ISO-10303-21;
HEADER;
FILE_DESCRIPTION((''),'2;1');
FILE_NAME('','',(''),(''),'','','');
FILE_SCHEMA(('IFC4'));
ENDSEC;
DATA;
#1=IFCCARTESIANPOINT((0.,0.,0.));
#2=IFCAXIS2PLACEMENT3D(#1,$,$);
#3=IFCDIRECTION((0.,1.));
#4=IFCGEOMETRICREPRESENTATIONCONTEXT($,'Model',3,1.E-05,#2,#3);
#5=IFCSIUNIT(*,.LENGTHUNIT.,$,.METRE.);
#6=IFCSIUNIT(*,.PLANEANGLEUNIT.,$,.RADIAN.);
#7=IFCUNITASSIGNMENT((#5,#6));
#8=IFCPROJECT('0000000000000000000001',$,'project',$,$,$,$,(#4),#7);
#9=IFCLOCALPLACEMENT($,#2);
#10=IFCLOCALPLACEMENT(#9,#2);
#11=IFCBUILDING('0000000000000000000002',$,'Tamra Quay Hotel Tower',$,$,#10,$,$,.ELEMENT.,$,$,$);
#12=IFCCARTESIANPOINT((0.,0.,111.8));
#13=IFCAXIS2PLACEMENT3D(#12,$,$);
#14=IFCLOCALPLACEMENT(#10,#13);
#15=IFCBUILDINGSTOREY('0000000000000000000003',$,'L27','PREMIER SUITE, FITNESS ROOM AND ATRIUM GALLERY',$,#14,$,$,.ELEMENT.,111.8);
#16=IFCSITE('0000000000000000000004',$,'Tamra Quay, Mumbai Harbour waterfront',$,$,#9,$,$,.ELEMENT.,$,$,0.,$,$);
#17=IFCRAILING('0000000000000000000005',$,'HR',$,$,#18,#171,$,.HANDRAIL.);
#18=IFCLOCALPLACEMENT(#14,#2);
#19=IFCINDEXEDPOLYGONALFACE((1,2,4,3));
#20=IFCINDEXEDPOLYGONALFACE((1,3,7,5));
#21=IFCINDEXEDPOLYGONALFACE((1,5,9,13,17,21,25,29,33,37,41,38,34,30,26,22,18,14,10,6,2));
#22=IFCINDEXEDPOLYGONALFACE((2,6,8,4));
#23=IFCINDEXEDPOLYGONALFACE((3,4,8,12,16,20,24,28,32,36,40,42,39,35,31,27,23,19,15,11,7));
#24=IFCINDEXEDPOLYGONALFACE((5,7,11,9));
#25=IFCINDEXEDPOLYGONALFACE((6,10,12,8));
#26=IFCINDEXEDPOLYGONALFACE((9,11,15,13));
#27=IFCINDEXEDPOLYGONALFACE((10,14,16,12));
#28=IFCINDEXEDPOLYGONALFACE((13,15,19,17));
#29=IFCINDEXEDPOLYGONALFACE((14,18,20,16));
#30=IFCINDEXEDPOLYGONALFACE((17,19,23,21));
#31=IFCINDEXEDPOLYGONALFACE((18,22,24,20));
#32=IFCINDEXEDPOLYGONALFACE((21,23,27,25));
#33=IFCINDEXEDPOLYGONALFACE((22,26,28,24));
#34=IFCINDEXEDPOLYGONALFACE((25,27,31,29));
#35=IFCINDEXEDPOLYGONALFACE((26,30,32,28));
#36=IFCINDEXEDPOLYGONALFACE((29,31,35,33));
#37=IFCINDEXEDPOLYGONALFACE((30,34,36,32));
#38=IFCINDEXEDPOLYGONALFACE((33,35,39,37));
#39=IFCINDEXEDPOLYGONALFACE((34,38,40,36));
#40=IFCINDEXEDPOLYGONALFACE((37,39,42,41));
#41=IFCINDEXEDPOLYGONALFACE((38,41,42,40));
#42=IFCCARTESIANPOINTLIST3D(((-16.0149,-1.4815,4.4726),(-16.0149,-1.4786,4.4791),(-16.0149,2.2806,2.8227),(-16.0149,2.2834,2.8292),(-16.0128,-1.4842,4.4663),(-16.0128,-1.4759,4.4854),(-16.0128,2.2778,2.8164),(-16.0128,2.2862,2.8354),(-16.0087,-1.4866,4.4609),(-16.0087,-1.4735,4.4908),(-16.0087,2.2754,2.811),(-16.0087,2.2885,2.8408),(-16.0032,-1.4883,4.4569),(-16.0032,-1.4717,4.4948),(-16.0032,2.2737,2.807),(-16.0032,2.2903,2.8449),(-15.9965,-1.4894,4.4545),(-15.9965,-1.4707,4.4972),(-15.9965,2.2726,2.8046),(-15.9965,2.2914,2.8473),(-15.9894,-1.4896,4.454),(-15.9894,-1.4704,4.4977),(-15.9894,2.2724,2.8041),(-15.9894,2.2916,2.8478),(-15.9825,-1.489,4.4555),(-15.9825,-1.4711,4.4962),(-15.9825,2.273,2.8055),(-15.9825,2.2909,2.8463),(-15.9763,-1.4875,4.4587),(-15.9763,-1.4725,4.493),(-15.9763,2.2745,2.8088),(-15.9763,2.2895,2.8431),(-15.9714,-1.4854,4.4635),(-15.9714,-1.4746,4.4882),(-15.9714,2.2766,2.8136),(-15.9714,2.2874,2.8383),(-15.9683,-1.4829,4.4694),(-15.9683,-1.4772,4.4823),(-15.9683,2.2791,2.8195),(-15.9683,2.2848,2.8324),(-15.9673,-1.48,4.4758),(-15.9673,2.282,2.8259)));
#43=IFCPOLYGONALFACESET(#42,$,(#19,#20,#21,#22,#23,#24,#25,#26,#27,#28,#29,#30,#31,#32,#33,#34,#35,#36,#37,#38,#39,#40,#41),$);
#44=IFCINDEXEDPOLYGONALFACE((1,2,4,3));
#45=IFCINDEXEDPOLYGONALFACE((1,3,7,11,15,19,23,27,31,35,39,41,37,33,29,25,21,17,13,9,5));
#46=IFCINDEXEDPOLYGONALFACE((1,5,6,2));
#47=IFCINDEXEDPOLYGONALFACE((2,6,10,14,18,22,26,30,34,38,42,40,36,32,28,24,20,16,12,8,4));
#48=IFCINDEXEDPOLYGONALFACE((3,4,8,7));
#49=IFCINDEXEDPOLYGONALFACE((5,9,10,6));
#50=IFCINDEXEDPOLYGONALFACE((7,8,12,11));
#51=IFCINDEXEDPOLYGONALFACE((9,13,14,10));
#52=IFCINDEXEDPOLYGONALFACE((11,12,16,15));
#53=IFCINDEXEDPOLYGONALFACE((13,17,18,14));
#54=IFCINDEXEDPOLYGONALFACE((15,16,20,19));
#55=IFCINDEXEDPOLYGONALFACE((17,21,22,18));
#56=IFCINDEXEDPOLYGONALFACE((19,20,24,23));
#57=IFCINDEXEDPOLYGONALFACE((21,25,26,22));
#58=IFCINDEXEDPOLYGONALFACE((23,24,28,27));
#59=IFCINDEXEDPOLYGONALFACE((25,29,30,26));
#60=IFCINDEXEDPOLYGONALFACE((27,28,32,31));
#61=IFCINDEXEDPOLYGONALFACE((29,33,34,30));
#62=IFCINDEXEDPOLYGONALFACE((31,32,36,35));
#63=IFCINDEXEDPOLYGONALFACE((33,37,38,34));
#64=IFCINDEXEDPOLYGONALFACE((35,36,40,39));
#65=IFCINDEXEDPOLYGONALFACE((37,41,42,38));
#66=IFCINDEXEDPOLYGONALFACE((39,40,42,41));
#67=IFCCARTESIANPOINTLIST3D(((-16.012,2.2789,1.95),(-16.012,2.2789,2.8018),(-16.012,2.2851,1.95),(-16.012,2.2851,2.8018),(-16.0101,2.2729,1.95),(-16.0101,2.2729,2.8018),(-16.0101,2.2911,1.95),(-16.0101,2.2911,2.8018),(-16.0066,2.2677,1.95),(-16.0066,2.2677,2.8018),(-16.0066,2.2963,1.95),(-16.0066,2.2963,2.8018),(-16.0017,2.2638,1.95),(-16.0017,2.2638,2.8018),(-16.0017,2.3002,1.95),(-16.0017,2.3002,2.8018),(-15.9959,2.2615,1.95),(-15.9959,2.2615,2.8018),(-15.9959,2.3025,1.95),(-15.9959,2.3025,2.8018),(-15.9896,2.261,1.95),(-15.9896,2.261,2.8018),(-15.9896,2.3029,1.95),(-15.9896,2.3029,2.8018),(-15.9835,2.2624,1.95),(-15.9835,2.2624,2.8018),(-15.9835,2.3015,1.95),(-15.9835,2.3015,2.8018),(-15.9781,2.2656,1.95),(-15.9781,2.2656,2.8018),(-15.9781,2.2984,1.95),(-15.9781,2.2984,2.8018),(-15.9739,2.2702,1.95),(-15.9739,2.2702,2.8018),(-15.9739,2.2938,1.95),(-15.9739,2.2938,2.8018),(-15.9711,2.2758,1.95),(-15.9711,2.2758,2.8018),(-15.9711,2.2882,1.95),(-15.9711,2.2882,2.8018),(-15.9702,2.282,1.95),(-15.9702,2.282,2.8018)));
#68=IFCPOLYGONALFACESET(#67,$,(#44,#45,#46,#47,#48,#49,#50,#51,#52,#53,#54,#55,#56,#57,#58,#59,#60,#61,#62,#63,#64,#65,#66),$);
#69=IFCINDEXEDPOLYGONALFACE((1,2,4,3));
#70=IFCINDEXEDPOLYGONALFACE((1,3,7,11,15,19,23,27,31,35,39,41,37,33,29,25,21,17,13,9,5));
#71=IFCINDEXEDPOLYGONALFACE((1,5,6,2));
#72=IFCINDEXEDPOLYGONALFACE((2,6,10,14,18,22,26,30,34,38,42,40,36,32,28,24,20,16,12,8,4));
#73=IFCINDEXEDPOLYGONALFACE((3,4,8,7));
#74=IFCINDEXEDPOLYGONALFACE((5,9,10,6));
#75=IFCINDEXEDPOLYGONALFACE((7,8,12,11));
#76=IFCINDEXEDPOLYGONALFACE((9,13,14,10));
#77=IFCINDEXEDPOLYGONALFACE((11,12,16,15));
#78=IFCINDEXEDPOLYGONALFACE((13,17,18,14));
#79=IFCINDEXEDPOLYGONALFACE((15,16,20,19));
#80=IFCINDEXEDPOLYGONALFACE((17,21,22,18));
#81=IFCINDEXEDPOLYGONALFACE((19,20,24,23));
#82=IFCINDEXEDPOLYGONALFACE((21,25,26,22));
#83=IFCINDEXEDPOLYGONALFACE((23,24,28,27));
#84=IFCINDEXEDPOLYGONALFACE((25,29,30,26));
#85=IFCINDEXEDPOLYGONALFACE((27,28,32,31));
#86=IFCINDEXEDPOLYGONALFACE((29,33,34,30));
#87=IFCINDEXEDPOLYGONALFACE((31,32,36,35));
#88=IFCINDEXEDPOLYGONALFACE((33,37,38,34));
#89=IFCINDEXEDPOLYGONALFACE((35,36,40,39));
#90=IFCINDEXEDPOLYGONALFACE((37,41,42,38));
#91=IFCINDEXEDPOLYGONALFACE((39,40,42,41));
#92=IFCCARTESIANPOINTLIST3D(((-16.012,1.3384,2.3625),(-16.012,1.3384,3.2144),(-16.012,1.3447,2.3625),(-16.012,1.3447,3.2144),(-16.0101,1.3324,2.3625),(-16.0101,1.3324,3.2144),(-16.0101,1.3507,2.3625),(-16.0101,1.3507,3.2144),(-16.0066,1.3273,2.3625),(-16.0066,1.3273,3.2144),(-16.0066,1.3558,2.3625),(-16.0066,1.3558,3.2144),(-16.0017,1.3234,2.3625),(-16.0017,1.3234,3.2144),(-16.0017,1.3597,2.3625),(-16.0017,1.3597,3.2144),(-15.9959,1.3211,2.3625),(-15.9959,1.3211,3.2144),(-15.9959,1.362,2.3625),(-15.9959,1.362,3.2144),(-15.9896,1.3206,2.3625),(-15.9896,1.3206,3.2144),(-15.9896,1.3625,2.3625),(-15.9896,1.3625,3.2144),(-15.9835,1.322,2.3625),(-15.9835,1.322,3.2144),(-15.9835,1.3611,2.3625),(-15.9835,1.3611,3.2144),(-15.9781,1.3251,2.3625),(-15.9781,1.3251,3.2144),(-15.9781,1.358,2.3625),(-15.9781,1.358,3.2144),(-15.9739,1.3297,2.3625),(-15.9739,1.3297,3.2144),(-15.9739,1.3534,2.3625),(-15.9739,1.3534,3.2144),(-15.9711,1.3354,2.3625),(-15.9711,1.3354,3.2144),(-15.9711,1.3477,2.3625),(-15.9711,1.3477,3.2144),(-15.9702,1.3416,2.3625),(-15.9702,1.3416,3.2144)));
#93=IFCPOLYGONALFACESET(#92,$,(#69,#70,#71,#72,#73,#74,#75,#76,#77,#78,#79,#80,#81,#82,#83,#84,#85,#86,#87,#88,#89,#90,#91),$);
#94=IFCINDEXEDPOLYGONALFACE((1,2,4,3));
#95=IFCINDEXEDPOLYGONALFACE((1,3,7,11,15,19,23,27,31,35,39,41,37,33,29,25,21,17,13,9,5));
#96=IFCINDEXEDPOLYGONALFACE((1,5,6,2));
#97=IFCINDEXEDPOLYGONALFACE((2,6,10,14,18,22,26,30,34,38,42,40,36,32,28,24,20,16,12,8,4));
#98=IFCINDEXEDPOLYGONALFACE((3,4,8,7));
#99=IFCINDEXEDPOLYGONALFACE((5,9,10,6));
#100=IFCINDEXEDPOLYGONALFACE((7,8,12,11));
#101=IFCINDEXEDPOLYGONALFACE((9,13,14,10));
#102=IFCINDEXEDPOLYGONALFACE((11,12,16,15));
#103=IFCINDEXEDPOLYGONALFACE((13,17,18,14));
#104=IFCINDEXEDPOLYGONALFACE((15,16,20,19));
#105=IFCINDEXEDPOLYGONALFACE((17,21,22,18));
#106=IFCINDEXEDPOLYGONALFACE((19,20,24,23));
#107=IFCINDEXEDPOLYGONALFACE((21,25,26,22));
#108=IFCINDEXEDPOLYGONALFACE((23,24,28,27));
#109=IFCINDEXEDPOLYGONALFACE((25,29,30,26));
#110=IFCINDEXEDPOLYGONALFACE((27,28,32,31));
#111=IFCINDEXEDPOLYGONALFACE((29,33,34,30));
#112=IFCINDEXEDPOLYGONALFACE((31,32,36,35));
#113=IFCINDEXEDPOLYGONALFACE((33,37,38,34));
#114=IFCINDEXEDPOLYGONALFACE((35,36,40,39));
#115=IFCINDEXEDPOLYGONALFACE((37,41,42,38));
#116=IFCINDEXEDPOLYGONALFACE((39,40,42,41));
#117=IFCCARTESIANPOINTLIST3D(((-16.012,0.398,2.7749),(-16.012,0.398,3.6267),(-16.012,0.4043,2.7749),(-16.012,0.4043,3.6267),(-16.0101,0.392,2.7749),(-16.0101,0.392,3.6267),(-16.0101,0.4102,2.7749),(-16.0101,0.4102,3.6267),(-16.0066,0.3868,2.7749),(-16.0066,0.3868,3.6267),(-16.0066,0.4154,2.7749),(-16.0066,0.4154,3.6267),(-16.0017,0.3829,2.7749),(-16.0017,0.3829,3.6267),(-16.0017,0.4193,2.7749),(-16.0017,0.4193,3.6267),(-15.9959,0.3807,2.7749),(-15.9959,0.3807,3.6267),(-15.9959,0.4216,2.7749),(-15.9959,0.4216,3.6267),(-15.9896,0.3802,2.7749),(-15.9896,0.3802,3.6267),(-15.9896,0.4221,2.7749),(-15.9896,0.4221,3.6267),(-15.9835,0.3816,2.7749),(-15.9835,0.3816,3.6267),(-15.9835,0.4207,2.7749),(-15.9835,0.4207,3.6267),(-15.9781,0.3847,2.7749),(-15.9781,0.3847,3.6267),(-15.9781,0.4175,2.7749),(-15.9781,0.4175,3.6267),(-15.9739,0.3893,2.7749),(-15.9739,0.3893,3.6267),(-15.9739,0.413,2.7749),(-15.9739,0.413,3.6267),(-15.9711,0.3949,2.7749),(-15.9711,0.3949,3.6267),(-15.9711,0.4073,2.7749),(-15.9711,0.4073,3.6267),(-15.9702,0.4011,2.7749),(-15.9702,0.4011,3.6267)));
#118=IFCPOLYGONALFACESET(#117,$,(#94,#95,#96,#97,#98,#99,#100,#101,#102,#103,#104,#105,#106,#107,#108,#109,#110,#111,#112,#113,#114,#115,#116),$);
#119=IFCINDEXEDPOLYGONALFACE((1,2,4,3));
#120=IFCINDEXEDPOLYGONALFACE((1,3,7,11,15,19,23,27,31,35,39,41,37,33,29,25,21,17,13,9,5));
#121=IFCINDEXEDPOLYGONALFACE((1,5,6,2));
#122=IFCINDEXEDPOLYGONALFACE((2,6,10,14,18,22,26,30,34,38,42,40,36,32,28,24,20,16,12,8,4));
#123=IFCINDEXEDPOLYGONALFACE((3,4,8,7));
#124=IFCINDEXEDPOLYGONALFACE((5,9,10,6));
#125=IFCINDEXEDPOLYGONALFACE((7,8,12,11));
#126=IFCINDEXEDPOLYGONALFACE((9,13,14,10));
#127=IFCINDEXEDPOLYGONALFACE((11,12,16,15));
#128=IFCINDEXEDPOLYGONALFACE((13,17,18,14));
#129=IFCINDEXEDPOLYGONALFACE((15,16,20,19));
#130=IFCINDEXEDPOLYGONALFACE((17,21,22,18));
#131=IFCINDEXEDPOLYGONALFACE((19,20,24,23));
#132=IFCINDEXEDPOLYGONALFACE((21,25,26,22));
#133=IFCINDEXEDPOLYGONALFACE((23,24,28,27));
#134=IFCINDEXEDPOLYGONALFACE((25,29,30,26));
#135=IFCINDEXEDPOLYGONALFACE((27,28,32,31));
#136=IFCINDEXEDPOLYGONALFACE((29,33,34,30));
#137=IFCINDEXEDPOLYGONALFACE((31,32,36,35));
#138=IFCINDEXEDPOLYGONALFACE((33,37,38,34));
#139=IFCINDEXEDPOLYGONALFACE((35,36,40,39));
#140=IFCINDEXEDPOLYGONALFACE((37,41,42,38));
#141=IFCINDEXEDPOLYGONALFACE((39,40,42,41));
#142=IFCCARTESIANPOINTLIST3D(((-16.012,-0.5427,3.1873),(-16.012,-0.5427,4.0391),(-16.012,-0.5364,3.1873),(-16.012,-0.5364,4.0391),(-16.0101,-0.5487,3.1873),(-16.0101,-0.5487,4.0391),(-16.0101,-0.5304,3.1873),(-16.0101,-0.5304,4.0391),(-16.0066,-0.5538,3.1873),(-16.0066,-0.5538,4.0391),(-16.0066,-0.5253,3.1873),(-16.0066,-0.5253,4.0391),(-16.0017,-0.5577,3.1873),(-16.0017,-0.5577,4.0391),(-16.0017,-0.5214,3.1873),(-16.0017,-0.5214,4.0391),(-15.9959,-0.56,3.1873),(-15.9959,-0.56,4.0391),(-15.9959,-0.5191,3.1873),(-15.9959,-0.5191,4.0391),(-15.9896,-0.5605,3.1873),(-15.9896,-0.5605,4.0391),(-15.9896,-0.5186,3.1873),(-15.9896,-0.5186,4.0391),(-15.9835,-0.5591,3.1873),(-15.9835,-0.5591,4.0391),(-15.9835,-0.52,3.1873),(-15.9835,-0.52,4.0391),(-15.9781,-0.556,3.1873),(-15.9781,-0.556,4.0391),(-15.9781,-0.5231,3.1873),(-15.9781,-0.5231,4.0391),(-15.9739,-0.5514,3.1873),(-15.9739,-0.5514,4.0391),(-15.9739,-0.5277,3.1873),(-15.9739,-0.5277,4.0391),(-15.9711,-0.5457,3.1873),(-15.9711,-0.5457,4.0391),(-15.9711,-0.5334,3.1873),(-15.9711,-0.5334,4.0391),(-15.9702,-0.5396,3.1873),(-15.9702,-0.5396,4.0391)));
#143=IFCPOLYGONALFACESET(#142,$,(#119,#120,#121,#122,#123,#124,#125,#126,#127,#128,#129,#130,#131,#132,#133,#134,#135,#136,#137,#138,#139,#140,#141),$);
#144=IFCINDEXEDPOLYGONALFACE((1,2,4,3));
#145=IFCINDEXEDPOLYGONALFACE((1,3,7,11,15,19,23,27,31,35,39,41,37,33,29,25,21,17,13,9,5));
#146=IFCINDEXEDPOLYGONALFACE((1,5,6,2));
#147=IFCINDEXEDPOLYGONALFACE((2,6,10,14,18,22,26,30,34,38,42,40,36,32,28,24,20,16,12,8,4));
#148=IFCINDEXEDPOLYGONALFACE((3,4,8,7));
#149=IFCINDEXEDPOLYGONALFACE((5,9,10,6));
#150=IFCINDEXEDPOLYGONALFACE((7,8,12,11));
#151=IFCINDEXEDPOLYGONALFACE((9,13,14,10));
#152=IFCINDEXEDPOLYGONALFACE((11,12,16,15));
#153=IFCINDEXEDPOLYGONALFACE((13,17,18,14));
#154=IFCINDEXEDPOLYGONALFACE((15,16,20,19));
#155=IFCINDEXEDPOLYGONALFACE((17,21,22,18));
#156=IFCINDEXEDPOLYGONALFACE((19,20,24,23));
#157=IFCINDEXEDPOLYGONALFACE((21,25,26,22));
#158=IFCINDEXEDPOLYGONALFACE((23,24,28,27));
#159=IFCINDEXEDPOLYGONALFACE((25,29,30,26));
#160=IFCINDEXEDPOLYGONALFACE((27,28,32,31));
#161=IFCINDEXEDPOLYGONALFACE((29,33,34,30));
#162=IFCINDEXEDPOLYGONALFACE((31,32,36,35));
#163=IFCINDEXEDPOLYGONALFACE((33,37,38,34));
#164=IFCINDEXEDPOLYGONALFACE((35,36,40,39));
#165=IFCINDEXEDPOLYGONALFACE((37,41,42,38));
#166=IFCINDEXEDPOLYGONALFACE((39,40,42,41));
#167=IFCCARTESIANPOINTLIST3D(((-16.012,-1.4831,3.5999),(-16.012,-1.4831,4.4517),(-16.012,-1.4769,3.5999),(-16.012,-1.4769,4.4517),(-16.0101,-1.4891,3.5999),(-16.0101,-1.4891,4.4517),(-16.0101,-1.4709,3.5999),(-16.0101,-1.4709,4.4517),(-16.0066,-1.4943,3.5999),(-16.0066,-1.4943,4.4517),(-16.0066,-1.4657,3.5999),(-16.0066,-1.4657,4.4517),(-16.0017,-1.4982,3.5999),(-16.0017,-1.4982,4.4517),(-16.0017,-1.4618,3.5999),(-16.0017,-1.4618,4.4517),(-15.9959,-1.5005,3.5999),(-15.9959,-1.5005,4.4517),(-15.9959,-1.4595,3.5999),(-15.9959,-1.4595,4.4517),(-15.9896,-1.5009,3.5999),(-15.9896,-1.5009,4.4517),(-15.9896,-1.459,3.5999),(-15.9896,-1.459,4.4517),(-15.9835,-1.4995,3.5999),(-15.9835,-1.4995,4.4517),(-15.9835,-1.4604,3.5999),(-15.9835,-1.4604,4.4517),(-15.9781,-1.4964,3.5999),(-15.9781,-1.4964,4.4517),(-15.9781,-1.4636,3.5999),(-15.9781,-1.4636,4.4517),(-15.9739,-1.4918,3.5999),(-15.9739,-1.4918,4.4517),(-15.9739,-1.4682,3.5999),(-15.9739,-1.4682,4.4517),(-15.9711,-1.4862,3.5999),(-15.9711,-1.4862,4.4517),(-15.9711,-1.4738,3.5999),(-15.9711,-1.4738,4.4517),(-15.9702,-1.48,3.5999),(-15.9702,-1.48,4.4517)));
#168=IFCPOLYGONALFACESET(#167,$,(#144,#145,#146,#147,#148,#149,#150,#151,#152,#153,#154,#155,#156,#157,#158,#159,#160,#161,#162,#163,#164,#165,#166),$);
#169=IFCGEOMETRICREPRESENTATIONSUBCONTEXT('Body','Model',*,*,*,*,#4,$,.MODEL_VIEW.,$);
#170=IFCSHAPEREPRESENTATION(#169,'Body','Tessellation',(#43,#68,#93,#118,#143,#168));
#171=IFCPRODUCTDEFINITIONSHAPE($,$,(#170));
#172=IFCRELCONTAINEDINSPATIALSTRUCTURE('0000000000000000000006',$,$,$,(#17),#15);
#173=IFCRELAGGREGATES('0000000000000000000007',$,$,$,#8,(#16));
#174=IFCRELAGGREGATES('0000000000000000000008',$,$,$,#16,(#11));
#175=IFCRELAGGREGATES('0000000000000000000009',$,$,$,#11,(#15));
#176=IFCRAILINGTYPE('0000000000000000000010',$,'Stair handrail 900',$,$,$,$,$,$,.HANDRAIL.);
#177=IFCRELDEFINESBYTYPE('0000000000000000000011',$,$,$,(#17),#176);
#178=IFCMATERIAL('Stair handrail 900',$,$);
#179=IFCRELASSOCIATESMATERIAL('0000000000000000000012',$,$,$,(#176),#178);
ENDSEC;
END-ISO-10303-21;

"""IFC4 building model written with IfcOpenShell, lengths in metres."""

from ifc_helpers import new_model, si_unit, direction, frame, origin, origin_2d, place, context, subcontext, project, spatial, circle, extrude, material, type_object, element, save


model = new_model("IFC4")

# Units and contexts
model_context = context("Model", 3, precision=1e-05, world=origin(), true_north=direction((0.0, 1.0)))
body_context = subcontext(model_context, "Body", "Model", "MODEL_VIEW")
ifc_project = project(units=[si_unit("LENGTHUNIT", "METRE"), si_unit("PLANEANGLEUNIT", "RADIAN")], contexts=[model_context])

# Site, building, storey
site_placement = place(None, origin())
site = spatial("IfcSite", under=ifc_project, at=site_placement, Name="Tamra Quay, Mumbai Harbour waterfront", CompositionType="ELEMENT", RefElevation=0.0)
building_placement = place(site_placement, origin())
building = spatial("IfcBuilding", under=site, at=building_placement, Name="Tamra Quay Hotel Tower", CompositionType="ELEMENT")
storey_placement = place(building_placement, frame((0.0, 0.0, 111.8)))
storey = spatial("IfcBuildingStorey", under=building, at=storey_placement, Name="L27", Description="PREMIER SUITE, FITNESS ROOM AND ATRIUM GALLERY", CompositionType="ELEMENT", Elevation=111.8)

# Railing
ifc_material_1 = material(Name="Stair handrail 900")
railing_type = type_object("IfcRailingType", Name="Stair handrail 900", PredefinedType="HANDRAIL", material=ifc_material_1)
railing_1_placement = place(storey_placement, frame((-15.9912, 2.282, 1.95)))
element("IfcRailing", 1, at=railing_1_placement, inside=storey, type_object=railing_type, Name="HR", PredefinedType="HANDRAIL", context=body_context, shape_type="SweptSolid", body=[
    extrude(circle(Radius=0.0239, at=origin_2d()), frame((0.0, 0.0, 0.876), z_axis=(0.0, -0.915795, 0.401645), x_axis=(1.0, 0.0, 0.0)), (0.0, 0.0, 1.0), 4.1079),
    extrude(circle(Radius=0.021, at=origin_2d()), origin(), (0.0, 0.0, 1.0), 0.8518),
    extrude(circle(Radius=0.021, at=origin_2d()), frame((0.0, -0.9404, 0.4126)), (0.0, 0.0, 1.0), 0.8518),
    extrude(circle(Radius=0.021, at=origin_2d()), frame((0.0, -1.8809, 0.825)), (0.0, 0.0, 1.0), 0.8518),
    extrude(circle(Radius=0.021, at=origin_2d()), frame((0.0, -2.8215, 1.2373)), (0.0, 0.0, 1.0), 0.8518),
    extrude(circle(Radius=0.021, at=origin_2d()), frame((0.0, -3.762, 1.6499)), (0.0, 0.0, 1.0), 0.8518),
])

save(model, "model.ifc")
